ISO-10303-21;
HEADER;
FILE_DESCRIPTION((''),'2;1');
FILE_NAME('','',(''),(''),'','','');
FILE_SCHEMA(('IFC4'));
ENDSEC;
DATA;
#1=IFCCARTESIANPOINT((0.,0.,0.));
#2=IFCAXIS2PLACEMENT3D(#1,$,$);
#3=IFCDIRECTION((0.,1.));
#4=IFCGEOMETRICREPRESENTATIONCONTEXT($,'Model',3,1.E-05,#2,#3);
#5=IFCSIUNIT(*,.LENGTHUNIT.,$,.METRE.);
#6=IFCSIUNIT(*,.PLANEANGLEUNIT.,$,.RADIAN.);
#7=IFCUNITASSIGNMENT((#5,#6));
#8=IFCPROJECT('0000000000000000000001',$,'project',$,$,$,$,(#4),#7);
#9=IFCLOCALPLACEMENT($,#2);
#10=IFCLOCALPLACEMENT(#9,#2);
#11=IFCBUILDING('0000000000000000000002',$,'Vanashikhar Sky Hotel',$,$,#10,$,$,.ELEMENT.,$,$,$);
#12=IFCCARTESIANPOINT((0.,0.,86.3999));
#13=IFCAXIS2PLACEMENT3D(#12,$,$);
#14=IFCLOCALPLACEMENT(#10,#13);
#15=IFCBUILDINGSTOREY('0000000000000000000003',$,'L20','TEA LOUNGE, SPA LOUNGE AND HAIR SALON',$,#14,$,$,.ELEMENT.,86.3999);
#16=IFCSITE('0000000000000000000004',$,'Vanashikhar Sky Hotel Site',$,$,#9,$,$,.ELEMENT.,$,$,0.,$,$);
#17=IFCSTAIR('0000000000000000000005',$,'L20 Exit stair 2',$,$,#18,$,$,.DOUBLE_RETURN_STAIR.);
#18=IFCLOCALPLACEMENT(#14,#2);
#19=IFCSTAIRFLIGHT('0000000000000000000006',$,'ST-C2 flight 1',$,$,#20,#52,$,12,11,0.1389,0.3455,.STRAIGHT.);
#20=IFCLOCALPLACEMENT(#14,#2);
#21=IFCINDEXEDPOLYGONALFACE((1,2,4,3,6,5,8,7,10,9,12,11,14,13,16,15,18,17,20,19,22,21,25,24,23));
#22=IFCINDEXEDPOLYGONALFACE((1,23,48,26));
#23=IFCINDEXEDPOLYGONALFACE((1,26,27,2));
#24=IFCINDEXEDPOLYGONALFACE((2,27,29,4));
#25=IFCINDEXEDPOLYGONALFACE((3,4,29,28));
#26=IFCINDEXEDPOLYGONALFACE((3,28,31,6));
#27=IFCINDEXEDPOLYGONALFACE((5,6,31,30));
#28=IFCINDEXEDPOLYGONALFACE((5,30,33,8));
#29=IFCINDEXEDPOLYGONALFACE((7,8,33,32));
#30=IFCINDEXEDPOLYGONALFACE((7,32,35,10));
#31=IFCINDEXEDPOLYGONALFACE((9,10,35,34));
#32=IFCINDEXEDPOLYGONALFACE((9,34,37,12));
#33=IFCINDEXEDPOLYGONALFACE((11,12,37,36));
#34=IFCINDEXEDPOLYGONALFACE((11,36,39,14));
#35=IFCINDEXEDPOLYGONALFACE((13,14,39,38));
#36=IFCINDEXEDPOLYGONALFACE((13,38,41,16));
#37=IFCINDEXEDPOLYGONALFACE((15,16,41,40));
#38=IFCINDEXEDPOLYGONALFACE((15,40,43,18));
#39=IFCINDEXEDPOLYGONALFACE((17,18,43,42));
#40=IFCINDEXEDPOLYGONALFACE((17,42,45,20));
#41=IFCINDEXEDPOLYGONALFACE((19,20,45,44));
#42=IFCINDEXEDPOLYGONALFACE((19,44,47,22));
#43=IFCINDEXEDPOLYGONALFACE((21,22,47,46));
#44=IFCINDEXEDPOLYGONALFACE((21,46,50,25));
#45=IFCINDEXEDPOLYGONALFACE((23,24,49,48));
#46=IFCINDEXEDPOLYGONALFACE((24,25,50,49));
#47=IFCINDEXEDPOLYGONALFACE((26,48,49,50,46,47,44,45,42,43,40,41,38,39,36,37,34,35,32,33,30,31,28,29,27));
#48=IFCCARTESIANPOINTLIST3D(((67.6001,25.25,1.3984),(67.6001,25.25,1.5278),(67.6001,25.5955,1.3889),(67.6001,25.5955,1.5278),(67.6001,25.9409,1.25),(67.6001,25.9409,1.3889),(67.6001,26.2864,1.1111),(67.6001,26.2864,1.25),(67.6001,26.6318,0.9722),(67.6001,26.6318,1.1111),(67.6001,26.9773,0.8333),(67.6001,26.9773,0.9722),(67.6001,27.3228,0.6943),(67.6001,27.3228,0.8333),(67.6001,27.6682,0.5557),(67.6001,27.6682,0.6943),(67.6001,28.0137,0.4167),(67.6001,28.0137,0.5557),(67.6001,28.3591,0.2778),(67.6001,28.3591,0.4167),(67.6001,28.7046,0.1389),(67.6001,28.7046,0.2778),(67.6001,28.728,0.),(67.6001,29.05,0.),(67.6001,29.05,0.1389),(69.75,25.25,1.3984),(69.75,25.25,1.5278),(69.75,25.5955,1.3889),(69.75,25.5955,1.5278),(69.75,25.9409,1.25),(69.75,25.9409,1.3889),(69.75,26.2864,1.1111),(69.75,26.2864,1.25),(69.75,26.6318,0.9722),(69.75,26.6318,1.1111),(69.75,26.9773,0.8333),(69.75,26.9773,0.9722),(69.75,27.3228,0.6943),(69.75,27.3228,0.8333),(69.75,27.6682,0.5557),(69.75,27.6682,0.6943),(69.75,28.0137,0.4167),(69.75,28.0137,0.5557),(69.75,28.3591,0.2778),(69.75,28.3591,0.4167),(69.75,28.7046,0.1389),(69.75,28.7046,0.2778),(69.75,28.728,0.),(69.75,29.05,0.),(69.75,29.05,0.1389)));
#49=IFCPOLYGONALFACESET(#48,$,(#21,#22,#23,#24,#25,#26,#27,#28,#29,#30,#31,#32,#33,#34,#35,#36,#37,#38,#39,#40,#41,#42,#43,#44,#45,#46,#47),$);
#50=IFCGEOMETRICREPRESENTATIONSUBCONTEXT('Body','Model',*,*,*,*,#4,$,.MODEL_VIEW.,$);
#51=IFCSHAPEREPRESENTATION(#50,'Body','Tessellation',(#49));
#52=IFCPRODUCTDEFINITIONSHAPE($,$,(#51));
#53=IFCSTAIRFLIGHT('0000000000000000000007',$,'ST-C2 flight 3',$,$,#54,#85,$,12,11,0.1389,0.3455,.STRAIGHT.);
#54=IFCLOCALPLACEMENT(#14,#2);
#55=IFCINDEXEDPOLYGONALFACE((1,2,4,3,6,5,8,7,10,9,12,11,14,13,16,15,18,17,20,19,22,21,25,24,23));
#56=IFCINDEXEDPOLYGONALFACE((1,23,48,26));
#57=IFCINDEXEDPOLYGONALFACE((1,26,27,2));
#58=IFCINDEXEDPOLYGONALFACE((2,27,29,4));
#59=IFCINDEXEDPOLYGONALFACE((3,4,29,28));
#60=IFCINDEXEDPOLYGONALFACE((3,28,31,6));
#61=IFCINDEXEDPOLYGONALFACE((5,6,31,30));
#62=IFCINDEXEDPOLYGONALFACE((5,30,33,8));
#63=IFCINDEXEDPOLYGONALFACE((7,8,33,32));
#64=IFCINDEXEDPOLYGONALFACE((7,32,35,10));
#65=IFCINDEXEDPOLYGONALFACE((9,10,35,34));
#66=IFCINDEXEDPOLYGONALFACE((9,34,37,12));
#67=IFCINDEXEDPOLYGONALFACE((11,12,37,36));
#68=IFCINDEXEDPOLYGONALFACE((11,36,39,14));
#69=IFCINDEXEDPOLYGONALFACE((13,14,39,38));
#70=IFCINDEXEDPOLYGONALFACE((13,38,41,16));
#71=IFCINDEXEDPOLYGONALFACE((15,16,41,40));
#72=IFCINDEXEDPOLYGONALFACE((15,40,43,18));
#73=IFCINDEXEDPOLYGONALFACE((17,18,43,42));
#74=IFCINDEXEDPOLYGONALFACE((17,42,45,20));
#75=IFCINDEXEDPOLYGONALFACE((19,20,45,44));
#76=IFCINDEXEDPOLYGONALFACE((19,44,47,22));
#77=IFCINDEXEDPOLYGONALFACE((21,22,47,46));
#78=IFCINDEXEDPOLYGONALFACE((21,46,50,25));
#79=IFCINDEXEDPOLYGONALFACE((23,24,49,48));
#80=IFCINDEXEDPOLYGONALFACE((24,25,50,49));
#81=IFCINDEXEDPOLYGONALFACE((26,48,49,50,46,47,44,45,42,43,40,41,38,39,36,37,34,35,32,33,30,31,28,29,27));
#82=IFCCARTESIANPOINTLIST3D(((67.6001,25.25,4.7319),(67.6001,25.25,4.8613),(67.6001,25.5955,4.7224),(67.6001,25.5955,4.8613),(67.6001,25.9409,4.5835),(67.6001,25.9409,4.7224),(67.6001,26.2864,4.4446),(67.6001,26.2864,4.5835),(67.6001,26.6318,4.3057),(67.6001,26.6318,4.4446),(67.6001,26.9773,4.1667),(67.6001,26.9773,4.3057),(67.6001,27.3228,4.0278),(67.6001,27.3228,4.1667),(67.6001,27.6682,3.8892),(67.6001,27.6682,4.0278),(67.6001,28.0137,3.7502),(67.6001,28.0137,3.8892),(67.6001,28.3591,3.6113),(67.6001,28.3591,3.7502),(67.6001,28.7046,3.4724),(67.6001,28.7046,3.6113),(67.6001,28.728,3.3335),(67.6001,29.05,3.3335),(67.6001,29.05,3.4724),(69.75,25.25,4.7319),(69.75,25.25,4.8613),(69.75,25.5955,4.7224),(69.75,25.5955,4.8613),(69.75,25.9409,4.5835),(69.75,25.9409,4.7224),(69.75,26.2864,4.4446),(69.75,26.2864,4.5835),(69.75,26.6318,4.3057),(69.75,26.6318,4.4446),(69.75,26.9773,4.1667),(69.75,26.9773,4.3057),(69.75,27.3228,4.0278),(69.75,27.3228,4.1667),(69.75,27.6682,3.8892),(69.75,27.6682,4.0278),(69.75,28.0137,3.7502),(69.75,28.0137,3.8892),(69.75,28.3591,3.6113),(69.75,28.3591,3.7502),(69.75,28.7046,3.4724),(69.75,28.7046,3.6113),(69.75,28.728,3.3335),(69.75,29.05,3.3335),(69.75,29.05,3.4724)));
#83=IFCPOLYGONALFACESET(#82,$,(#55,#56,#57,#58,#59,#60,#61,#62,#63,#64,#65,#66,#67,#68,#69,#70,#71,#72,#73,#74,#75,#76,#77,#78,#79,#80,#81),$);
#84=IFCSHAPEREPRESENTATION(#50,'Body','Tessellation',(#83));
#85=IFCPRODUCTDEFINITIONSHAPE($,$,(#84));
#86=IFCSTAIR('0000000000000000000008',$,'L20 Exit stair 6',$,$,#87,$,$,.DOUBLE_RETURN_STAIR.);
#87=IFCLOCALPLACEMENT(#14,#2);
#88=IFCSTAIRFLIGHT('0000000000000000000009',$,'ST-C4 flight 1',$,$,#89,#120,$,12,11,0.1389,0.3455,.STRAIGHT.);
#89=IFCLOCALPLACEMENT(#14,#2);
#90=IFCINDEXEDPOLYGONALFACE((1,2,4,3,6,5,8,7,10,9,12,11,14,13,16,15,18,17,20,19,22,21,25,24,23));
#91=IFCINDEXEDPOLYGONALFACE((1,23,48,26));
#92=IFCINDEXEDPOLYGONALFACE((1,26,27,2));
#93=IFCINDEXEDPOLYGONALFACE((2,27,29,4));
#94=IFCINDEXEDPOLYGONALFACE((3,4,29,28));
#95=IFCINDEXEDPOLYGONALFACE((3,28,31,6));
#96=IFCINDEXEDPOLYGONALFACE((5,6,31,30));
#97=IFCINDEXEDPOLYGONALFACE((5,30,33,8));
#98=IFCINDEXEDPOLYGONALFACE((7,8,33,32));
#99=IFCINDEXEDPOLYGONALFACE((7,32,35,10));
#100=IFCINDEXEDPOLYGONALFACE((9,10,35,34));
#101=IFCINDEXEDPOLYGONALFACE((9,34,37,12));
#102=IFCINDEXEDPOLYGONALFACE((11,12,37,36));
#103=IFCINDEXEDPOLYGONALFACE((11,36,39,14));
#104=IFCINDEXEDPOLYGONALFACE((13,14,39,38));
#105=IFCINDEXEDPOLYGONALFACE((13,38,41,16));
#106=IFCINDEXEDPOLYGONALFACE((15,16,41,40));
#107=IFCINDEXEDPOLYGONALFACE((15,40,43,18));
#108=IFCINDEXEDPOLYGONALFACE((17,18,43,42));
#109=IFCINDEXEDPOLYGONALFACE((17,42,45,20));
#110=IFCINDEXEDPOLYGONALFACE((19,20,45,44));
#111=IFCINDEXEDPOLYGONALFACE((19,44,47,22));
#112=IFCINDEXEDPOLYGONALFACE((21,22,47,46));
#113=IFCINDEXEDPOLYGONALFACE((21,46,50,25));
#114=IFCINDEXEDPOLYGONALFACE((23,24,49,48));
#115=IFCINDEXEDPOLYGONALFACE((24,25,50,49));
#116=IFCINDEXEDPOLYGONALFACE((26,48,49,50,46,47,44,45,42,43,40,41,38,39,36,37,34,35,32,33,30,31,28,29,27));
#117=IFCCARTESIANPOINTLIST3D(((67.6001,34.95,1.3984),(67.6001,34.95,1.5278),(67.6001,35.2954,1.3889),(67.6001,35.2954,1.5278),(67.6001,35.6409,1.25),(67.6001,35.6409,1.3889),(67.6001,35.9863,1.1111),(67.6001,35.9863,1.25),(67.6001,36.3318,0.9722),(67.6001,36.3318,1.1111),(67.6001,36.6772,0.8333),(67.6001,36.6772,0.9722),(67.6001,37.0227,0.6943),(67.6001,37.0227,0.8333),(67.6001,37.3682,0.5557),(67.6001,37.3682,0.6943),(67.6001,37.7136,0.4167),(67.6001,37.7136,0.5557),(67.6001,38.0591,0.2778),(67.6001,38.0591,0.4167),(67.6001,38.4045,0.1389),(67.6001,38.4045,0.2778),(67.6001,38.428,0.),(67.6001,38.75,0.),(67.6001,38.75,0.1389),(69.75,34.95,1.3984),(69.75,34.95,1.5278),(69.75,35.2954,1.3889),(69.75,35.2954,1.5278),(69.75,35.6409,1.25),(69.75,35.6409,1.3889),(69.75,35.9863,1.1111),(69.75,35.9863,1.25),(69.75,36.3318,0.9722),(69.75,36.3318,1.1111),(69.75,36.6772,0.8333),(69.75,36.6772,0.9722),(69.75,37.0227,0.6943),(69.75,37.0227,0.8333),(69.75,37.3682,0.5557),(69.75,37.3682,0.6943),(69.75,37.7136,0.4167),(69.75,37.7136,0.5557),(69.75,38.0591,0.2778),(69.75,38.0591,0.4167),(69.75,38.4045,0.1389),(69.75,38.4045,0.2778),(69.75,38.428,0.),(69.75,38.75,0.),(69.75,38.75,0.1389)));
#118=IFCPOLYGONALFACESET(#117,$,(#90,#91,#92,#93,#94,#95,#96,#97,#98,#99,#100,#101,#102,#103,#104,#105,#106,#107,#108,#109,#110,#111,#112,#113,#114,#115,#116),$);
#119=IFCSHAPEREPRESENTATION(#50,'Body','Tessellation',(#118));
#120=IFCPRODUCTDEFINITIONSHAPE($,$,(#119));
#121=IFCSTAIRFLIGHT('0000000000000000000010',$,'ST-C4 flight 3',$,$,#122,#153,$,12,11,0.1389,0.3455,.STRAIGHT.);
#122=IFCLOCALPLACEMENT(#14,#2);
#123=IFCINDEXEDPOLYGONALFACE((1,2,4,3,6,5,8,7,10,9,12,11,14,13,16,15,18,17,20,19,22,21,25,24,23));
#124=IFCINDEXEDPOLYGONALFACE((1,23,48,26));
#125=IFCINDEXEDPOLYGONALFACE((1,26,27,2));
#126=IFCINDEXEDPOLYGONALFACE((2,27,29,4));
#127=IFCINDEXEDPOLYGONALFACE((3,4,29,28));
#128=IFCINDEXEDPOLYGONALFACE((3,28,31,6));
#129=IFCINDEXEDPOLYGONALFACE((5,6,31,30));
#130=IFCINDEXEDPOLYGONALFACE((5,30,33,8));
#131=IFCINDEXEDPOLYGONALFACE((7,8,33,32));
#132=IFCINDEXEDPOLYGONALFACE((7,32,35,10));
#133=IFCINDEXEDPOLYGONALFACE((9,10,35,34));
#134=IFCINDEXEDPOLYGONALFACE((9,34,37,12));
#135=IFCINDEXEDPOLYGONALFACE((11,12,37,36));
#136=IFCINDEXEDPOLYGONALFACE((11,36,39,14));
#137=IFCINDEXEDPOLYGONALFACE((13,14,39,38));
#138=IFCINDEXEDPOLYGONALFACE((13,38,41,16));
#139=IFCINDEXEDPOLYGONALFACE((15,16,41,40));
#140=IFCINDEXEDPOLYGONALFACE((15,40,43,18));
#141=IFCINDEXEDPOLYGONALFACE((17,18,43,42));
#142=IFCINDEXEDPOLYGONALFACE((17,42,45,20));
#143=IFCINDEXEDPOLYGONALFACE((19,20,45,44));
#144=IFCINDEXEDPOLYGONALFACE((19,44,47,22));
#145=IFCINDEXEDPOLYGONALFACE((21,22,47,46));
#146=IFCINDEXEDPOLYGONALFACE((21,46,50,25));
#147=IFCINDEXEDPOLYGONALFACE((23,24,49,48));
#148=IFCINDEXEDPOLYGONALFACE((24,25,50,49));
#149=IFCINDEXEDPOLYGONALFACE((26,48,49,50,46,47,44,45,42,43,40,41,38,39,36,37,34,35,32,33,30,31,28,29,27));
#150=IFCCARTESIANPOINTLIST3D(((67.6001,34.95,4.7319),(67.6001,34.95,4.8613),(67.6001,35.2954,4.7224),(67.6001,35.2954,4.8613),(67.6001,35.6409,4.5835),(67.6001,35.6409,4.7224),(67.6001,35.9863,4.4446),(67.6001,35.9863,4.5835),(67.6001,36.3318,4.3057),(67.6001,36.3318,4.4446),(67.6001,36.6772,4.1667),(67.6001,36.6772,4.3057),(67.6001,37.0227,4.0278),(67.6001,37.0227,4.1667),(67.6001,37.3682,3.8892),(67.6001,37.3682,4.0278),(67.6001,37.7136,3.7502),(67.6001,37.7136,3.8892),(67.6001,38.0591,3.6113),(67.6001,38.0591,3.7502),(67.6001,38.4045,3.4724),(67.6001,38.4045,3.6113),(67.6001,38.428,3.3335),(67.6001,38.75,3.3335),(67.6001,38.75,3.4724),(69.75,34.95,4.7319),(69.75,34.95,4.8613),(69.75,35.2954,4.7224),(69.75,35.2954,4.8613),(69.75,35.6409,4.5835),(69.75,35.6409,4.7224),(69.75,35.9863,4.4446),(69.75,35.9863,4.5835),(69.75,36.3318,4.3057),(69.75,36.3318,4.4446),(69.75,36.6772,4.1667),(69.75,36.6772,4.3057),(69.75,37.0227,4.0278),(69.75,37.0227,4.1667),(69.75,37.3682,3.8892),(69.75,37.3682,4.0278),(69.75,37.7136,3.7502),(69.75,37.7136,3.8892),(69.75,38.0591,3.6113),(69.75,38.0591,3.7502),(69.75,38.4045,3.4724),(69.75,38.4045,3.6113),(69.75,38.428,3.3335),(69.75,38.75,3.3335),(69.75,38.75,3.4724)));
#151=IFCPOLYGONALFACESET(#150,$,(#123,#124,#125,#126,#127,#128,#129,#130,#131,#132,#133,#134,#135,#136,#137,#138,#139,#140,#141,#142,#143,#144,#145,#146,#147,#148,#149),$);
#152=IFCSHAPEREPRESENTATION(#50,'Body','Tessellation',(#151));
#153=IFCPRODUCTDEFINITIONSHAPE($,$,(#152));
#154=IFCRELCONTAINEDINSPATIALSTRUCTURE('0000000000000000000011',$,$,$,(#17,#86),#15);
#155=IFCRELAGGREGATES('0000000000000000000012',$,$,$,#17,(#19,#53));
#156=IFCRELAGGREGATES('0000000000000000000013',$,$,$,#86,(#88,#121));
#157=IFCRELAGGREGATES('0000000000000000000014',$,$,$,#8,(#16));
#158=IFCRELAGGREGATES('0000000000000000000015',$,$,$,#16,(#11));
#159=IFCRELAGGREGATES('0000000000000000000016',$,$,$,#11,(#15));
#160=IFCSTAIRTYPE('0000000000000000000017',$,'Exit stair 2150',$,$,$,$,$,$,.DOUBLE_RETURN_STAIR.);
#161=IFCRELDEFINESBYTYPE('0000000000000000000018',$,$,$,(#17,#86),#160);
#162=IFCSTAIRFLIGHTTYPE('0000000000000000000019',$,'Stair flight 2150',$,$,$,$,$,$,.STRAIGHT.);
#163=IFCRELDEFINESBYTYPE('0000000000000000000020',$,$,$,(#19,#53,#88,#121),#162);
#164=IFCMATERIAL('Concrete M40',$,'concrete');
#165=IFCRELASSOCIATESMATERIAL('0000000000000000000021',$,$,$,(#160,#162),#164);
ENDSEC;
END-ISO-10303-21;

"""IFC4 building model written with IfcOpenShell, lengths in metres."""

from ifc_helpers import new_model, si_unit, direction, frame, origin, place, context, subcontext, project, spatial, polyline, outline, extrude, source, transform, mapped, material, type_object, element, aggregate, save


model = new_model("IFC4")

# Units and contexts
model_context = context("Model", 3, precision=1e-05, world=origin(), true_north=direction((0.0, 1.0)))
body_context = subcontext(model_context, "Body", "Model", "MODEL_VIEW")
ifc_project = project(units=[si_unit("LENGTHUNIT", "METRE"), si_unit("PLANEANGLEUNIT", "RADIAN")], contexts=[model_context])

# Site, building, storey
site_placement = place(None, origin())
site = spatial("IfcSite", under=ifc_project, at=site_placement, Name="Vanashikhar Sky Hotel Site", CompositionType="ELEMENT", RefElevation=0.0)
building_placement = place(site_placement, origin())
building = spatial("IfcBuilding", under=site, at=building_placement, Name="Vanashikhar Sky Hotel", CompositionType="ELEMENT")
storey_placement = place(building_placement, frame((0.0, 0.0, 86.3999)))
storey = spatial("IfcBuildingStorey", under=building, at=storey_placement, Name="L20", Description="TEA LOUNGE, SPA LOUNGE AND HAIR SALON", CompositionType="ELEMENT", Elevation=86.3999)

# Stairs, stair flights
ifc_material_1 = material(Name="Concrete M40", Category="concrete")
stair_type = type_object("IfcStairType", Name="Exit stair 2150", PredefinedType="DOUBLE_RETURN_STAIR", material=ifc_material_1)
stair_1_placement = place(storey_placement, origin())
stair_1 = element("IfcStair", 1, at=stair_1_placement, inside=storey, type_object=stair_type, Name="L20 Exit stair 2", PredefinedType="DOUBLE_RETURN_STAIR")
stair_flight_type = type_object("IfcStairFlightType", Name="Stair flight 2150", PredefinedType="STRAIGHT", material=ifc_material_1)
shared_shape_1 = source(origin(), body_context, "Body", "SweptSolid", [
    extrude(outline(polyline([(0.0, 0.0), (0.0, 0.1389), (0.3455, 0.1389), (0.3455, 0.2778), (0.6909, 0.2778), (0.6909, 0.4167), (1.0364, 0.4167), (1.0364, 0.5557), (1.3818, 0.5557), (1.3818, 0.6943), (1.7273, 0.6943), (1.7273, 0.8333), (2.0728, 0.8333), (2.0728, 0.9722), (2.4182, 0.9722), (2.4182, 1.1111), (2.7637, 1.1111), (2.7637, 1.25), (3.1091, 1.25), (3.1091, 1.3889), (3.4546, 1.3889), (3.4546, 1.5278), (3.8, 1.5278), (3.8, 1.6667), (3.8, 1.3984), (0.322, 0.0), (0.0, 0.0)])), frame((0.0, 1.075, 0.0), z_axis=(0.0, -1.0, 0.0), x_axis=(1.0, 0.0, 0.0)), (0.0, 0.0, 1.0), 2.1499),
])
stair_flight_1_placement = place(storey_placement, frame((68.675, 29.05, 0.0), z_axis=(0.0, 0.0, 1.0), x_axis=(0.0, -1.0, 0.0)))
stair_flight_1 = element("IfcStairFlight", 2, at=stair_flight_1_placement, type_object=stair_flight_type, Name="ST-C2 flight 1", NumberOfRisers=12, NumberOfTreads=11, PredefinedType="STRAIGHT", RiserHeight=0.1389, TreadLength=0.3455, context=body_context, shape_type="MappedRepresentation", body=[
    mapped(shared_shape_1, transform((0.0, 0.0, 0.0), scale=1.0)),
])
stair_flight_2_placement = place(storey_placement, frame((68.675, 29.05, 3.3335), z_axis=(0.0, 0.0, 1.0), x_axis=(0.0, -1.0, 0.0)))
stair_flight_2 = element("IfcStairFlight", 3, at=stair_flight_2_placement, type_object=stair_flight_type, Name="ST-C2 flight 3", NumberOfRisers=12, NumberOfTreads=11, PredefinedType="STRAIGHT", RiserHeight=0.1389, TreadLength=0.3455, context=body_context, shape_type="MappedRepresentation", body=[
    mapped(shared_shape_1, transform((0.0, 0.0, 0.0), scale=1.0)),
])
aggregate(stair_1, [stair_flight_1, stair_flight_2])
stair_2_placement = place(storey_placement, origin())
stair_2 = element("IfcStair", 4, at=stair_2_placement, inside=storey, type_object=stair_type, Name="L20 Exit stair 6", PredefinedType="DOUBLE_RETURN_STAIR")
stair_flight_3_placement = place(storey_placement, frame((68.675, 38.75, 0.0), z_axis=(0.0, 0.0, 1.0), x_axis=(0.0, -1.0, 0.0)))
stair_flight_3 = element("IfcStairFlight", 5, at=stair_flight_3_placement, type_object=stair_flight_type, Name="ST-C4 flight 1", NumberOfRisers=12, NumberOfTreads=11, PredefinedType="STRAIGHT", RiserHeight=0.1389, TreadLength=0.3455, context=body_context, shape_type="MappedRepresentation", body=[
    mapped(shared_shape_1, transform((0.0, 0.0, 0.0), scale=1.0)),
])
stair_flight_4_placement = place(storey_placement, frame((68.675, 38.75, 3.3335), z_axis=(0.0, 0.0, 1.0), x_axis=(0.0, -1.0, 0.0)))
stair_flight_4 = element("IfcStairFlight", 6, at=stair_flight_4_placement, type_object=stair_flight_type, Name="ST-C4 flight 3", NumberOfRisers=12, NumberOfTreads=11, PredefinedType="STRAIGHT", RiserHeight=0.1389, TreadLength=0.3455, context=body_context, shape_type="MappedRepresentation", body=[
    mapped(shared_shape_1, transform((0.0, 0.0, 0.0), scale=1.0)),
])
aggregate(stair_2, [stair_flight_3, stair_flight_4])

save(model, "model.ifc")
